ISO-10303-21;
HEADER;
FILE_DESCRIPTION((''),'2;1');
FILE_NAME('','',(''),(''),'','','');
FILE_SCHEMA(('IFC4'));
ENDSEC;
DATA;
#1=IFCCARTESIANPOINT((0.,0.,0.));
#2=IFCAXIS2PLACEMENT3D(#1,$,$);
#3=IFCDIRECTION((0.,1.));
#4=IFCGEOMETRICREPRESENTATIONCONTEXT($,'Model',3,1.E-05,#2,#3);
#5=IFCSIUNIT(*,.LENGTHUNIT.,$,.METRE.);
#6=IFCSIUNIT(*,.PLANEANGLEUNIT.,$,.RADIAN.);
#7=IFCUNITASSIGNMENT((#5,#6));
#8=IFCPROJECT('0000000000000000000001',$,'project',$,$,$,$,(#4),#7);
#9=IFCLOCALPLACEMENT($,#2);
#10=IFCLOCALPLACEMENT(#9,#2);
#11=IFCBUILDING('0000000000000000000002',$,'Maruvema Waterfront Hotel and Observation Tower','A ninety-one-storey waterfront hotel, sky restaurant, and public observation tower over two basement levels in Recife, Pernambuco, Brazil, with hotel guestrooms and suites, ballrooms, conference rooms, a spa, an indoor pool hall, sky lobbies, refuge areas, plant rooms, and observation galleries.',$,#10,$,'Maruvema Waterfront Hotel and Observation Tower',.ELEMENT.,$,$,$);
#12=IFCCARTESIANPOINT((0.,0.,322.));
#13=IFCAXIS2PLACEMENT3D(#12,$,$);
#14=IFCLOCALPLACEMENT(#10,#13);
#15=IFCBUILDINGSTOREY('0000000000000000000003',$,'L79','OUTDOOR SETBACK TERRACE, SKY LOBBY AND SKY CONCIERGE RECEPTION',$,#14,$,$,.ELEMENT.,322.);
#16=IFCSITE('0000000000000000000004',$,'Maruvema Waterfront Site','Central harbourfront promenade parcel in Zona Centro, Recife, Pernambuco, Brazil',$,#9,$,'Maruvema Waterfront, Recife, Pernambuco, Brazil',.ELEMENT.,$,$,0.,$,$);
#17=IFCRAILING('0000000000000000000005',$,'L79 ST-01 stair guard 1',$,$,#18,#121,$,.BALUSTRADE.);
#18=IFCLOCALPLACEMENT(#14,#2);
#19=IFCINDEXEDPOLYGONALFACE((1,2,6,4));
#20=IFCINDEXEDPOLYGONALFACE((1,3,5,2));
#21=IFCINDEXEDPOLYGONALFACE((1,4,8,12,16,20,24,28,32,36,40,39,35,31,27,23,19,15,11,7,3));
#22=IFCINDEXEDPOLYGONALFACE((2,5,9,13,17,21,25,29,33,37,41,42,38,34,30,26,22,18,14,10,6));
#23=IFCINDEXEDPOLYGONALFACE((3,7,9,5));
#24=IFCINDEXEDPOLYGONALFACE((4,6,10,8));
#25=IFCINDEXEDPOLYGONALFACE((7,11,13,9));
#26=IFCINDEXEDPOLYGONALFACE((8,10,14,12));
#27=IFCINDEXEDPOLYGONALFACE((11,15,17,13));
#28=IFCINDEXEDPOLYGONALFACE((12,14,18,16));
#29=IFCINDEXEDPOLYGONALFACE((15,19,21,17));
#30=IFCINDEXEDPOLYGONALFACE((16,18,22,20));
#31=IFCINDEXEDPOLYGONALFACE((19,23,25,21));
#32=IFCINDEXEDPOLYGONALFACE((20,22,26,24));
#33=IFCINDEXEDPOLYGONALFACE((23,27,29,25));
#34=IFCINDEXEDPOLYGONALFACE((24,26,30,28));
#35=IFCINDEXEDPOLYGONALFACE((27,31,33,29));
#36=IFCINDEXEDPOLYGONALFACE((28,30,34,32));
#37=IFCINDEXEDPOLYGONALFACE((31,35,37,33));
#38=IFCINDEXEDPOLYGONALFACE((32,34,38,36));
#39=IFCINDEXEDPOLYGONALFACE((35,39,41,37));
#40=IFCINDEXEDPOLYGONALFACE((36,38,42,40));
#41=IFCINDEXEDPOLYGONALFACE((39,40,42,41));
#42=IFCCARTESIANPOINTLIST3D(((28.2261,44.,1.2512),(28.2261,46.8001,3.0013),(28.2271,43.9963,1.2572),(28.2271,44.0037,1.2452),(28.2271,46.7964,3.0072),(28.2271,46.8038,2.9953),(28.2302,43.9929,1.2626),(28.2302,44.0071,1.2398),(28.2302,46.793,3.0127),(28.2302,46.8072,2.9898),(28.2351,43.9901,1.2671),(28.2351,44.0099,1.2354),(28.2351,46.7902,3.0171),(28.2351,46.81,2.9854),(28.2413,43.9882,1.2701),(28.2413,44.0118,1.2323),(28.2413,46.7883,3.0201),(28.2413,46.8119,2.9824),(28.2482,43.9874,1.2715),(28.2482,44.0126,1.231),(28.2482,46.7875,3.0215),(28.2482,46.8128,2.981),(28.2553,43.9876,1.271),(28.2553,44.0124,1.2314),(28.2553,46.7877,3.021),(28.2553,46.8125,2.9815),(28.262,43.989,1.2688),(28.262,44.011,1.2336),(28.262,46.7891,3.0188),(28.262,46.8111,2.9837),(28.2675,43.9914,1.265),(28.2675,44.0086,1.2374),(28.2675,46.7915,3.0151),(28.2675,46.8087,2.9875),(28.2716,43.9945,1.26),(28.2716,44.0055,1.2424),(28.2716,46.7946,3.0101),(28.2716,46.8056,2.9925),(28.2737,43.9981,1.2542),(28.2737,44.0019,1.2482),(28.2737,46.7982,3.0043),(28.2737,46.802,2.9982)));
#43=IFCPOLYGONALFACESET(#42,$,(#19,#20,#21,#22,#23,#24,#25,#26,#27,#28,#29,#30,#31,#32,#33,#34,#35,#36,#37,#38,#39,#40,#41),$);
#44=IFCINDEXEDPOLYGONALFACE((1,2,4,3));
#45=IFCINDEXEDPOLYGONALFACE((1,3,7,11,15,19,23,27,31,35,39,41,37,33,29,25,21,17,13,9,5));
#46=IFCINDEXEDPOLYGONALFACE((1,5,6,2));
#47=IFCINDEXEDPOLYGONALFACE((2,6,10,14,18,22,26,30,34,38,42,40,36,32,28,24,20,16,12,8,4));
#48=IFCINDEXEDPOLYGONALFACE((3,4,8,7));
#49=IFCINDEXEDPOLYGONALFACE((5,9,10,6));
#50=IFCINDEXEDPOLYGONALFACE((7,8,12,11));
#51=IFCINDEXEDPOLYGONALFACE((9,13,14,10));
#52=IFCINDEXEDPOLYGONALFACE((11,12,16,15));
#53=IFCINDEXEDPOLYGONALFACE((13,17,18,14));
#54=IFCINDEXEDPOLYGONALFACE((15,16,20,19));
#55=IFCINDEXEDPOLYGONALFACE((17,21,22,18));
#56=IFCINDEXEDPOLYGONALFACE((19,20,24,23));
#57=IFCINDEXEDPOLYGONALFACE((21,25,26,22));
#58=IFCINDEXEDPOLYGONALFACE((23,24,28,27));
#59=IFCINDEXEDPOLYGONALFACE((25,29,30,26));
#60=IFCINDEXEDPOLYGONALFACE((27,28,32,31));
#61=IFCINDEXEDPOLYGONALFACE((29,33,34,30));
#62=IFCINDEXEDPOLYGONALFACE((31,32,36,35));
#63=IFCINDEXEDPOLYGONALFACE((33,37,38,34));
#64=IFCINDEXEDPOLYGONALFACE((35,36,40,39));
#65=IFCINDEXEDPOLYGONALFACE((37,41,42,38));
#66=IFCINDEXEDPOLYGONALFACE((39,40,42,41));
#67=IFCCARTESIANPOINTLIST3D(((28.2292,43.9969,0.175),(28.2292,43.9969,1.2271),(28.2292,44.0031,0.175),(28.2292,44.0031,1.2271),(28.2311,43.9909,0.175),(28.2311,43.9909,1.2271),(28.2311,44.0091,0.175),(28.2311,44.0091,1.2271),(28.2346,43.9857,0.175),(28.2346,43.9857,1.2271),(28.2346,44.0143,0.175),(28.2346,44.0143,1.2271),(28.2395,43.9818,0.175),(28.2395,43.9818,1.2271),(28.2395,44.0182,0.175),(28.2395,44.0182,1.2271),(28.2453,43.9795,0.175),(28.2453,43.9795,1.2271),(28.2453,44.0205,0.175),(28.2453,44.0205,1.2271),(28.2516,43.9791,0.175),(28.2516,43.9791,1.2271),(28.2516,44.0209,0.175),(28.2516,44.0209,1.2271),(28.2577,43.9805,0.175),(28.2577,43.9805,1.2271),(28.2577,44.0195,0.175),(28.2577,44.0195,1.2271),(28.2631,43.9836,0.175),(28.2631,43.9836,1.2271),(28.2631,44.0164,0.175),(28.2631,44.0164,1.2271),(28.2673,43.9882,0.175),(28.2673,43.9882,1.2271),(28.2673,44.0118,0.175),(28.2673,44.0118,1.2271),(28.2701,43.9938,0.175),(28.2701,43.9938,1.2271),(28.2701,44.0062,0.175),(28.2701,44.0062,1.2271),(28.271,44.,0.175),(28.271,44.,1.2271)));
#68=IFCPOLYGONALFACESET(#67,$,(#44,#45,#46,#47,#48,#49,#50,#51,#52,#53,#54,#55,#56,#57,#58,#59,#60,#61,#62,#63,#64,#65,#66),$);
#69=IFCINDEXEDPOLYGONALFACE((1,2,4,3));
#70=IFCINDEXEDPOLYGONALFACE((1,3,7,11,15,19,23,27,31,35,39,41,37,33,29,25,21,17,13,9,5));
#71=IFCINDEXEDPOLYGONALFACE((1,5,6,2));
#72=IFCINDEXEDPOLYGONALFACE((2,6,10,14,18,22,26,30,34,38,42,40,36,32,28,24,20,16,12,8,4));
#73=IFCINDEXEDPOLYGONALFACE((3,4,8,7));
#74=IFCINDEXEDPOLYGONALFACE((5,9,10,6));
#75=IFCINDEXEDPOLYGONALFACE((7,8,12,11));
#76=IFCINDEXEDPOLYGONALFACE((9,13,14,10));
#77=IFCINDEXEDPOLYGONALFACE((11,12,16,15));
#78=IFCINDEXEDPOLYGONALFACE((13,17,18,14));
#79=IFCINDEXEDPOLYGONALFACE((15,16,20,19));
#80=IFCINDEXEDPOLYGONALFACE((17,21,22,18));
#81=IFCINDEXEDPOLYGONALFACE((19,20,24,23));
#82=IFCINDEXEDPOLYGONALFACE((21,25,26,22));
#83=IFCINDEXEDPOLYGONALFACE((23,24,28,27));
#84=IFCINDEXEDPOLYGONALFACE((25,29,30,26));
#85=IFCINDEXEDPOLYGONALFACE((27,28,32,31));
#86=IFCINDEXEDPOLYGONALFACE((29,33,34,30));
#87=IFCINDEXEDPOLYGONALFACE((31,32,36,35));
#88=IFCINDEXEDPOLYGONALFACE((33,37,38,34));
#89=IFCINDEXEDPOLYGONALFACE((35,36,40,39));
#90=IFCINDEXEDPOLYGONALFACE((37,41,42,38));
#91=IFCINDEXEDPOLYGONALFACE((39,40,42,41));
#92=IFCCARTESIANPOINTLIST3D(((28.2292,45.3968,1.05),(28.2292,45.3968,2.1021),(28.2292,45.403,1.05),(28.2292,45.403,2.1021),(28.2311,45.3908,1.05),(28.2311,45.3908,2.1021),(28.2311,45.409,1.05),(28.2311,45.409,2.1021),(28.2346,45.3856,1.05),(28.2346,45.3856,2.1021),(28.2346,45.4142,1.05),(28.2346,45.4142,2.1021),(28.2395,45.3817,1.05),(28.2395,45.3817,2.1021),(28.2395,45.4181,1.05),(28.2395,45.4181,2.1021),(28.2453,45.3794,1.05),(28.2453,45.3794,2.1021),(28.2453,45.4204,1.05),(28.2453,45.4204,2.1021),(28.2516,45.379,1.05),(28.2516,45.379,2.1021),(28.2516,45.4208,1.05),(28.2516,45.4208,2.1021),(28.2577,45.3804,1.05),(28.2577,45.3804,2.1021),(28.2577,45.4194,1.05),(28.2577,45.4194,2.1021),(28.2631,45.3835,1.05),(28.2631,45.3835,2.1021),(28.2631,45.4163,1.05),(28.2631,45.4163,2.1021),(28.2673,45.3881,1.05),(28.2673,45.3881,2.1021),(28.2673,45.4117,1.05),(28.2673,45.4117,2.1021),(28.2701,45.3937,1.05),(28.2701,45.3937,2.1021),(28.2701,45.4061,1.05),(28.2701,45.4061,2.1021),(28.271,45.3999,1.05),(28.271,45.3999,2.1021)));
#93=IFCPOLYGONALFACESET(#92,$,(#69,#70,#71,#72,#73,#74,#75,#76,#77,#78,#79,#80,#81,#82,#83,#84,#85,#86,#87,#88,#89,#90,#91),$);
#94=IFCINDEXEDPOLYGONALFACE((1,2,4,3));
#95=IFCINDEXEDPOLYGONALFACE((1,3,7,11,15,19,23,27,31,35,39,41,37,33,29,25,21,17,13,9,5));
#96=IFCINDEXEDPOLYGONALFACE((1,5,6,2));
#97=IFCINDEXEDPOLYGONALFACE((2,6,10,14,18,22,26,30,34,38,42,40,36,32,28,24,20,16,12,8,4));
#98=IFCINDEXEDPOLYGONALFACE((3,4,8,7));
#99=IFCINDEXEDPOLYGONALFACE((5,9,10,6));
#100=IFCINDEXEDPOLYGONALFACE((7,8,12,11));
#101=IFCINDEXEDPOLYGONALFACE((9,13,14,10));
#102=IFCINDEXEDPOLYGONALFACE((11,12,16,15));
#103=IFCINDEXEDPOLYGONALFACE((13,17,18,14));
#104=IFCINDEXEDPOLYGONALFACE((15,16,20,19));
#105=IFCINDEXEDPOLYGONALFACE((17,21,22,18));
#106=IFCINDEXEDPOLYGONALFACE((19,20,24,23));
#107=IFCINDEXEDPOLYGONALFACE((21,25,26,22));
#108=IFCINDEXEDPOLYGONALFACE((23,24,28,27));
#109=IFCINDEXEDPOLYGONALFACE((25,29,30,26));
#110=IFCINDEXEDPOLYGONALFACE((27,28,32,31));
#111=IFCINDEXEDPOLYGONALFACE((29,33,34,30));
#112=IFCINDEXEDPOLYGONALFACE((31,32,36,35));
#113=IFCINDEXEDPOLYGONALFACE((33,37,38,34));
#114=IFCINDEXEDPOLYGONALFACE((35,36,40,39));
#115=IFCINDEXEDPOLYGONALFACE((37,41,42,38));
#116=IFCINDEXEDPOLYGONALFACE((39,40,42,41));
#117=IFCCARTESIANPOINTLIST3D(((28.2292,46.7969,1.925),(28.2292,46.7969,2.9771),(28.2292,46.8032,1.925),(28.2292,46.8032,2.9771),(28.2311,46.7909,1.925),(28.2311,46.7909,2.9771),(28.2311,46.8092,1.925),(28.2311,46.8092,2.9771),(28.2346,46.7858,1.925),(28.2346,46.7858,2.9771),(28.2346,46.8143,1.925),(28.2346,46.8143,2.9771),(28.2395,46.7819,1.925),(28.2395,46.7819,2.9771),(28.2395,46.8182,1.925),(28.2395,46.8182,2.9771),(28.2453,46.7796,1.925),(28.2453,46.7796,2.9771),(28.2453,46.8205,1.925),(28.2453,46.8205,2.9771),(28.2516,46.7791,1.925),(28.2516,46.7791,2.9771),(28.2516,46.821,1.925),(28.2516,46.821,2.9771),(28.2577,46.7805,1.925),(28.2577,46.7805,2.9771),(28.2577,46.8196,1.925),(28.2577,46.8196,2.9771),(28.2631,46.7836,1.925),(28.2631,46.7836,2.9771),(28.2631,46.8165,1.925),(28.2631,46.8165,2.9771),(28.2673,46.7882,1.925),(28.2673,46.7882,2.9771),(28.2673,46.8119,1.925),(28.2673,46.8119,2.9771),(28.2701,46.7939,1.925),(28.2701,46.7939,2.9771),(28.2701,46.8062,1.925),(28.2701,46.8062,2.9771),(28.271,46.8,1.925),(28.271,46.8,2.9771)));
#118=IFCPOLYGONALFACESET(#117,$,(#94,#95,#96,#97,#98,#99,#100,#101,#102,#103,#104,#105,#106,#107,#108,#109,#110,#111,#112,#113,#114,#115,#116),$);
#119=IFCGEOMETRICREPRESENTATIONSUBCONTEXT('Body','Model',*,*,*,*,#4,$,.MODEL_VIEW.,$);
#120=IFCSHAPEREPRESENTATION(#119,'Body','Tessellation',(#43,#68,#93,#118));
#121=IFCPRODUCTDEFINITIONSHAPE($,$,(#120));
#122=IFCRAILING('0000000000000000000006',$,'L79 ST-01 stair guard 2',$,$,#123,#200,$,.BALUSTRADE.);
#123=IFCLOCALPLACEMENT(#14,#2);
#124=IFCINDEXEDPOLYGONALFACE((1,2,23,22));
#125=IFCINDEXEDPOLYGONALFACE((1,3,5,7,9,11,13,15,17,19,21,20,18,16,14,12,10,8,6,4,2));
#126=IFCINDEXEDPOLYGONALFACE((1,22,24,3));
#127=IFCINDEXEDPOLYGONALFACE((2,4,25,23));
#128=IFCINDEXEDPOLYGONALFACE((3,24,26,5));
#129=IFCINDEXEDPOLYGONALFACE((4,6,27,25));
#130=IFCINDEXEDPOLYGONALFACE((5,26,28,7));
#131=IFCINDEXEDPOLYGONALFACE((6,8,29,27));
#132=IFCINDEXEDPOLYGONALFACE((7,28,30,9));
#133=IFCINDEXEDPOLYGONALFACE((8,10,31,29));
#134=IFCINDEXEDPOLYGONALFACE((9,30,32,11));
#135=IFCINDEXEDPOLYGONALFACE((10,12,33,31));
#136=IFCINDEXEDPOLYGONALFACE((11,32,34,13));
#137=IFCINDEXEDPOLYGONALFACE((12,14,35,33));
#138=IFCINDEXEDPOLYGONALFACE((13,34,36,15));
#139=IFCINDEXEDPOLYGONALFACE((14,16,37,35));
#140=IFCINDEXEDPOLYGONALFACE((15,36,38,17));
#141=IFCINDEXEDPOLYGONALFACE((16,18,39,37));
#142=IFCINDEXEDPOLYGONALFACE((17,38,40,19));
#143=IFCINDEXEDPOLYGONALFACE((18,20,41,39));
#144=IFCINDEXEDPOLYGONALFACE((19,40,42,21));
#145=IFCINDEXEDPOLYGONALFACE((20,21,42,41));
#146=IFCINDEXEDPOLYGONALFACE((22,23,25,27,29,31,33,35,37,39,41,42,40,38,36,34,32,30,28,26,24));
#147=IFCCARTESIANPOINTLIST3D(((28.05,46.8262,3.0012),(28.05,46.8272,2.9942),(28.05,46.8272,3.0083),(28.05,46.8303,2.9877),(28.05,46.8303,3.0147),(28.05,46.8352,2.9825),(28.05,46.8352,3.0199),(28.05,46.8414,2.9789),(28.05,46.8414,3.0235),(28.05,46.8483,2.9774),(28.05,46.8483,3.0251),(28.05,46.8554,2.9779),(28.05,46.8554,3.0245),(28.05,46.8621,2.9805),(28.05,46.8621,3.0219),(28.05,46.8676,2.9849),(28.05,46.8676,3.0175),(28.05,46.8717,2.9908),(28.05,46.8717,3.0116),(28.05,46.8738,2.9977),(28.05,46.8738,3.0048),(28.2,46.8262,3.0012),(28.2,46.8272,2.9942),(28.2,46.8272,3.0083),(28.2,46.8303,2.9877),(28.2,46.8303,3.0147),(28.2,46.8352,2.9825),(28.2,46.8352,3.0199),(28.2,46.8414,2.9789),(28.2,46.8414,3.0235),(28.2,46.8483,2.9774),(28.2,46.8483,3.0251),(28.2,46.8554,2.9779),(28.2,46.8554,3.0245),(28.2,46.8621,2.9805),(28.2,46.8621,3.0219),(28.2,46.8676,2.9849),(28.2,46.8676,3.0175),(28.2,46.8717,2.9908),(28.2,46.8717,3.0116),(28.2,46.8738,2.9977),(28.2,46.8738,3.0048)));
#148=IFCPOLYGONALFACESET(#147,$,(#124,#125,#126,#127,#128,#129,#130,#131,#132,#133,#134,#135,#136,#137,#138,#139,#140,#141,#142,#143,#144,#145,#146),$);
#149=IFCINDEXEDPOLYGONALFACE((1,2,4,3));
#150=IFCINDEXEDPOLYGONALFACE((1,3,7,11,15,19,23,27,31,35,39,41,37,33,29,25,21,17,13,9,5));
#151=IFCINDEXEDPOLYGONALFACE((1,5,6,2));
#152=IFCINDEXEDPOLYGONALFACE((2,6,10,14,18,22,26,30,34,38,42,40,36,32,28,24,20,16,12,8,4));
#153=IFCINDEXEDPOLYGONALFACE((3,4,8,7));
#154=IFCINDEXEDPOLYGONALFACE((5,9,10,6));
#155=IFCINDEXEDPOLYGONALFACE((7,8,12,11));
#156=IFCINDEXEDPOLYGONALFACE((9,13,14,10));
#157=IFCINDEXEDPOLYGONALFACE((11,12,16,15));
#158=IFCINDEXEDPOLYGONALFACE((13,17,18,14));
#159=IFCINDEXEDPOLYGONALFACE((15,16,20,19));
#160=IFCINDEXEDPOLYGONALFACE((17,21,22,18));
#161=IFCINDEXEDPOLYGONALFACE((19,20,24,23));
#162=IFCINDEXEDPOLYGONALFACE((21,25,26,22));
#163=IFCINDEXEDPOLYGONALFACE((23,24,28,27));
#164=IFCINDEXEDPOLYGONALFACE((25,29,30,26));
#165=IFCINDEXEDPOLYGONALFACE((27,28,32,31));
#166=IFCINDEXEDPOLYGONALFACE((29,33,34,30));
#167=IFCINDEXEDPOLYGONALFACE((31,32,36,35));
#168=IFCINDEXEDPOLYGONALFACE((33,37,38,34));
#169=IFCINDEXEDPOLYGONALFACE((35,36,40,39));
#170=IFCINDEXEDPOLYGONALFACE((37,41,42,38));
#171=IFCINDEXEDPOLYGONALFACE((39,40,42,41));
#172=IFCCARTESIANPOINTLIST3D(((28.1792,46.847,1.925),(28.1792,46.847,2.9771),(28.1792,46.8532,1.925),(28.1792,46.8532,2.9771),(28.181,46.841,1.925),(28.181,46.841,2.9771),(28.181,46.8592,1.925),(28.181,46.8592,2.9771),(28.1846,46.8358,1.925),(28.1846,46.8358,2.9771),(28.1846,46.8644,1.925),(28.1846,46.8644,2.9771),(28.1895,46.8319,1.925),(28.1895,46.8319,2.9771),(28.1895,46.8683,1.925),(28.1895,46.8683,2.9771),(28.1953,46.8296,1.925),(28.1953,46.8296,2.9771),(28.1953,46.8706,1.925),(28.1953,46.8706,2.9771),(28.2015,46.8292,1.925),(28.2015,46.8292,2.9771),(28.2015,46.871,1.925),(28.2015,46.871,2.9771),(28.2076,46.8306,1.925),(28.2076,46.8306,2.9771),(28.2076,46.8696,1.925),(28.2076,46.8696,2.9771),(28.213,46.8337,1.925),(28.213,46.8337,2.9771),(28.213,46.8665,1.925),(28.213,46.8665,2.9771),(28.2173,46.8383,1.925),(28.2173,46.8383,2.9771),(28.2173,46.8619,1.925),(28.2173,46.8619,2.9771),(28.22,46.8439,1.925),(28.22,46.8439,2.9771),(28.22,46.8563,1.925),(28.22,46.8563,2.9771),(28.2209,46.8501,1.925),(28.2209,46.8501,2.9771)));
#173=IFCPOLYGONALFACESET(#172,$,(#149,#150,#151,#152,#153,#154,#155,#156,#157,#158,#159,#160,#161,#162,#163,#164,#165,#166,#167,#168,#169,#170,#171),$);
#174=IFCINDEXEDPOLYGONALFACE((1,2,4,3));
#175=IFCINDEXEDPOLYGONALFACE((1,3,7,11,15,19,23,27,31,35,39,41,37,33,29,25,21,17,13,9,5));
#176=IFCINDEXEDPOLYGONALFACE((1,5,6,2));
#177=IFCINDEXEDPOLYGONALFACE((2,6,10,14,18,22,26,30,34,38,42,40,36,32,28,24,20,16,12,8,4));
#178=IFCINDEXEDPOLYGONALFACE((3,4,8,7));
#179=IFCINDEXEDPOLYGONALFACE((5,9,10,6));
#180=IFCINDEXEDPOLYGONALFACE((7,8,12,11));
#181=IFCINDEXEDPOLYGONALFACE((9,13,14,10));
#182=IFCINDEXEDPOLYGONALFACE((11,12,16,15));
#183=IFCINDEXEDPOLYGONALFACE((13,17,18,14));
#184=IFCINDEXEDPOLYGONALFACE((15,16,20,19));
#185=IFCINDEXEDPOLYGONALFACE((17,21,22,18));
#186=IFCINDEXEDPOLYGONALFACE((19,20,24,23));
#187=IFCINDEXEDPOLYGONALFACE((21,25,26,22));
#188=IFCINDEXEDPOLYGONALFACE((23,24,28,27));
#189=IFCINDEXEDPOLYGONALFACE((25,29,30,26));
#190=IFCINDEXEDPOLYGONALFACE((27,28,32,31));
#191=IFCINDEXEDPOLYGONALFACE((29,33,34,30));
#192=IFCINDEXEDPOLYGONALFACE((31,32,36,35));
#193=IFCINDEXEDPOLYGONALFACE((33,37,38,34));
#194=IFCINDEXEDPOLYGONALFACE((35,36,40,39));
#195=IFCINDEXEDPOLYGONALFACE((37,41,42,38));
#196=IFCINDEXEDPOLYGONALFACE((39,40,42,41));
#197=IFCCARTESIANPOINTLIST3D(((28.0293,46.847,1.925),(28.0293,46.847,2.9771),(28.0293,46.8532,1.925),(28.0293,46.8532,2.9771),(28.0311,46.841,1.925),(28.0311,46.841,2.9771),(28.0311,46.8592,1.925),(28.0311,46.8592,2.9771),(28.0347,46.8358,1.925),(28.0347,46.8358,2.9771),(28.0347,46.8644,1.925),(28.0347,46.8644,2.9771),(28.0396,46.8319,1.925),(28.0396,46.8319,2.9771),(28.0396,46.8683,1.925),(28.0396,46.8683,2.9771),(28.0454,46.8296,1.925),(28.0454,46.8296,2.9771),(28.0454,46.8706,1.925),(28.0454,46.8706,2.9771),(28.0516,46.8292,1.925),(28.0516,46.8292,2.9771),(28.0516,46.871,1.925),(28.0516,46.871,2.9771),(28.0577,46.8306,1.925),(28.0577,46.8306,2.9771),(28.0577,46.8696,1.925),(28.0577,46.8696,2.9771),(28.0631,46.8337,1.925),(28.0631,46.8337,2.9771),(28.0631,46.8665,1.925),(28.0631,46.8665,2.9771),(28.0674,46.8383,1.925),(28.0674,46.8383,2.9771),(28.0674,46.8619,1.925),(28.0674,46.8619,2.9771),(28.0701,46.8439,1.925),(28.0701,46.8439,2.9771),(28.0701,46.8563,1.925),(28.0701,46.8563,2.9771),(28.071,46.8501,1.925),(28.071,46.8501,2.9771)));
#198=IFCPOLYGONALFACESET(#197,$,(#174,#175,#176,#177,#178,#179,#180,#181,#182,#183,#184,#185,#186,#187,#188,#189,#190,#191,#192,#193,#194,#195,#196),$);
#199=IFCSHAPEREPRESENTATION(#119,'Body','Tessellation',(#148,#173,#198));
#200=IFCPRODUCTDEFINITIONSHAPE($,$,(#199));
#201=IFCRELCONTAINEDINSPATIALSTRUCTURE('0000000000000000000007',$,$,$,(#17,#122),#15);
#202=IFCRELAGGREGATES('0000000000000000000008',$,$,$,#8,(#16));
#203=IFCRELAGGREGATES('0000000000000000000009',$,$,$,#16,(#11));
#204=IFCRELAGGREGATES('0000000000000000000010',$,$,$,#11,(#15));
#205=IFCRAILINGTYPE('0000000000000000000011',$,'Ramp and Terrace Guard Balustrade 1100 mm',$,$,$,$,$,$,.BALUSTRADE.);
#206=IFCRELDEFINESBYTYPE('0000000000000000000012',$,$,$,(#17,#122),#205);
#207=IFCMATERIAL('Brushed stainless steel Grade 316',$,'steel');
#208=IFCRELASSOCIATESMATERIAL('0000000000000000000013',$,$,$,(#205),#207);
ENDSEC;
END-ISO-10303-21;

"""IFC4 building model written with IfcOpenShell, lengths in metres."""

from ifc_helpers import new_model, si_unit, direction, frame, origin, origin_2d, place, context, subcontext, project, spatial, circle, extrude, material, type_object, element, save


model = new_model("IFC4")

# Units and contexts
model_context = context("Model", 3, precision=1e-05, world=origin(), true_north=direction((0.0, 1.0)))
body_context = subcontext(model_context, "Body", "Model", "MODEL_VIEW")
ifc_project = project(units=[si_unit("LENGTHUNIT", "METRE"), si_unit("PLANEANGLEUNIT", "RADIAN")], contexts=[model_context])

# Site, building, storey
site_placement = place(None, origin())
site = spatial("IfcSite", under=ifc_project, at=site_placement, Name="Maruvema Waterfront Site", Description="Central harbourfront promenade parcel in Zona Centro, Recife, Pernambuco, Brazil", LongName="Maruvema Waterfront, Recife, Pernambuco, Brazil", CompositionType="ELEMENT", RefElevation=0.0)
building_placement = place(site_placement, origin())
building = spatial("IfcBuilding", under=site, at=building_placement, Name="Maruvema Waterfront Hotel and Observation Tower", Description="A ninety-one-storey waterfront hotel, sky restaurant, and public observation tower over two basement levels in Recife, Pernambuco, Brazil, with hotel guestrooms and suites, ballrooms, conference rooms, a spa, an indoor pool hall, sky lobbies, refuge areas, plant rooms, and observation galleries.", LongName="Maruvema Waterfront Hotel and Observation Tower", CompositionType="ELEMENT")
storey_placement = place(building_placement, frame((0.0, 0.0, 322.0)))
storey = spatial("IfcBuildingStorey", under=building, at=storey_placement, Name="L79", Description="OUTDOOR SETBACK TERRACE, SKY LOBBY AND SKY CONCIERGE RECEPTION", CompositionType="ELEMENT", Elevation=322.0)

# Railings
ifc_material_1 = material(Name="Brushed stainless steel Grade 316", Category="steel")
railing_type_1 = type_object("IfcRailingType", Name="Ramp and Terrace Guard Balustrade 1100 mm", PredefinedType="BALUSTRADE", material=ifc_material_1)
railing_1_placement = place(storey_placement, frame((28.25, 44.0, 0.175)))
element("IfcRailing", 1, at=railing_1_placement, inside=storey, type_object=railing_type_1, Name="L79 ST-01 stair guard 1", PredefinedType="BALUSTRADE", context=body_context, shape_type="SweptSolid", body=[
    extrude(circle(Radius=0.0239, at=origin_2d()), frame((0.0, 0.0, 1.0762), z_axis=(0.0, 0.848002, 0.529992), x_axis=(-1.0, 0.0, 0.0)), (0.0, 0.0, 1.0), 3.302),
    extrude(circle(Radius=0.021, at=origin_2d()), origin(), (0.0, 0.0, 1.0), 1.052),
    extrude(circle(Radius=0.021, at=origin_2d()), frame((0.0, 1.3999, 0.875)), (0.0, 0.0, 1.0), 1.052),
    extrude(circle(Radius=0.021, at=origin_2d()), frame((0.0, 2.8, 1.75)), (0.0, 0.0, 1.0), 1.052),
])
railing_2_placement = place(storey_placement, frame((28.2, 46.8501, 1.925)))
element("IfcRailing", 2, at=railing_2_placement, inside=storey, type_object=railing_type_1, Name="L79 ST-01 stair guard 2", PredefinedType="BALUSTRADE", context=body_context, shape_type="SweptSolid", body=[
    extrude(circle(Radius=0.0239, at=origin_2d()), frame((0.0, 0.0, 1.0762), z_axis=(-1.0, 0.0, 0.0), x_axis=(0.0, -1.0, 0.0)), (0.0, 0.0, 1.0), 0.1499),
    extrude(circle(Radius=0.021, at=origin_2d()), origin(), (0.0, 0.0, 1.0), 1.052),
    extrude(circle(Radius=0.021, at=origin_2d()), frame((-0.1499, 0.0, 0.0)), (0.0, 0.0, 1.0), 1.052),
])

save(model, "model.ifc")
